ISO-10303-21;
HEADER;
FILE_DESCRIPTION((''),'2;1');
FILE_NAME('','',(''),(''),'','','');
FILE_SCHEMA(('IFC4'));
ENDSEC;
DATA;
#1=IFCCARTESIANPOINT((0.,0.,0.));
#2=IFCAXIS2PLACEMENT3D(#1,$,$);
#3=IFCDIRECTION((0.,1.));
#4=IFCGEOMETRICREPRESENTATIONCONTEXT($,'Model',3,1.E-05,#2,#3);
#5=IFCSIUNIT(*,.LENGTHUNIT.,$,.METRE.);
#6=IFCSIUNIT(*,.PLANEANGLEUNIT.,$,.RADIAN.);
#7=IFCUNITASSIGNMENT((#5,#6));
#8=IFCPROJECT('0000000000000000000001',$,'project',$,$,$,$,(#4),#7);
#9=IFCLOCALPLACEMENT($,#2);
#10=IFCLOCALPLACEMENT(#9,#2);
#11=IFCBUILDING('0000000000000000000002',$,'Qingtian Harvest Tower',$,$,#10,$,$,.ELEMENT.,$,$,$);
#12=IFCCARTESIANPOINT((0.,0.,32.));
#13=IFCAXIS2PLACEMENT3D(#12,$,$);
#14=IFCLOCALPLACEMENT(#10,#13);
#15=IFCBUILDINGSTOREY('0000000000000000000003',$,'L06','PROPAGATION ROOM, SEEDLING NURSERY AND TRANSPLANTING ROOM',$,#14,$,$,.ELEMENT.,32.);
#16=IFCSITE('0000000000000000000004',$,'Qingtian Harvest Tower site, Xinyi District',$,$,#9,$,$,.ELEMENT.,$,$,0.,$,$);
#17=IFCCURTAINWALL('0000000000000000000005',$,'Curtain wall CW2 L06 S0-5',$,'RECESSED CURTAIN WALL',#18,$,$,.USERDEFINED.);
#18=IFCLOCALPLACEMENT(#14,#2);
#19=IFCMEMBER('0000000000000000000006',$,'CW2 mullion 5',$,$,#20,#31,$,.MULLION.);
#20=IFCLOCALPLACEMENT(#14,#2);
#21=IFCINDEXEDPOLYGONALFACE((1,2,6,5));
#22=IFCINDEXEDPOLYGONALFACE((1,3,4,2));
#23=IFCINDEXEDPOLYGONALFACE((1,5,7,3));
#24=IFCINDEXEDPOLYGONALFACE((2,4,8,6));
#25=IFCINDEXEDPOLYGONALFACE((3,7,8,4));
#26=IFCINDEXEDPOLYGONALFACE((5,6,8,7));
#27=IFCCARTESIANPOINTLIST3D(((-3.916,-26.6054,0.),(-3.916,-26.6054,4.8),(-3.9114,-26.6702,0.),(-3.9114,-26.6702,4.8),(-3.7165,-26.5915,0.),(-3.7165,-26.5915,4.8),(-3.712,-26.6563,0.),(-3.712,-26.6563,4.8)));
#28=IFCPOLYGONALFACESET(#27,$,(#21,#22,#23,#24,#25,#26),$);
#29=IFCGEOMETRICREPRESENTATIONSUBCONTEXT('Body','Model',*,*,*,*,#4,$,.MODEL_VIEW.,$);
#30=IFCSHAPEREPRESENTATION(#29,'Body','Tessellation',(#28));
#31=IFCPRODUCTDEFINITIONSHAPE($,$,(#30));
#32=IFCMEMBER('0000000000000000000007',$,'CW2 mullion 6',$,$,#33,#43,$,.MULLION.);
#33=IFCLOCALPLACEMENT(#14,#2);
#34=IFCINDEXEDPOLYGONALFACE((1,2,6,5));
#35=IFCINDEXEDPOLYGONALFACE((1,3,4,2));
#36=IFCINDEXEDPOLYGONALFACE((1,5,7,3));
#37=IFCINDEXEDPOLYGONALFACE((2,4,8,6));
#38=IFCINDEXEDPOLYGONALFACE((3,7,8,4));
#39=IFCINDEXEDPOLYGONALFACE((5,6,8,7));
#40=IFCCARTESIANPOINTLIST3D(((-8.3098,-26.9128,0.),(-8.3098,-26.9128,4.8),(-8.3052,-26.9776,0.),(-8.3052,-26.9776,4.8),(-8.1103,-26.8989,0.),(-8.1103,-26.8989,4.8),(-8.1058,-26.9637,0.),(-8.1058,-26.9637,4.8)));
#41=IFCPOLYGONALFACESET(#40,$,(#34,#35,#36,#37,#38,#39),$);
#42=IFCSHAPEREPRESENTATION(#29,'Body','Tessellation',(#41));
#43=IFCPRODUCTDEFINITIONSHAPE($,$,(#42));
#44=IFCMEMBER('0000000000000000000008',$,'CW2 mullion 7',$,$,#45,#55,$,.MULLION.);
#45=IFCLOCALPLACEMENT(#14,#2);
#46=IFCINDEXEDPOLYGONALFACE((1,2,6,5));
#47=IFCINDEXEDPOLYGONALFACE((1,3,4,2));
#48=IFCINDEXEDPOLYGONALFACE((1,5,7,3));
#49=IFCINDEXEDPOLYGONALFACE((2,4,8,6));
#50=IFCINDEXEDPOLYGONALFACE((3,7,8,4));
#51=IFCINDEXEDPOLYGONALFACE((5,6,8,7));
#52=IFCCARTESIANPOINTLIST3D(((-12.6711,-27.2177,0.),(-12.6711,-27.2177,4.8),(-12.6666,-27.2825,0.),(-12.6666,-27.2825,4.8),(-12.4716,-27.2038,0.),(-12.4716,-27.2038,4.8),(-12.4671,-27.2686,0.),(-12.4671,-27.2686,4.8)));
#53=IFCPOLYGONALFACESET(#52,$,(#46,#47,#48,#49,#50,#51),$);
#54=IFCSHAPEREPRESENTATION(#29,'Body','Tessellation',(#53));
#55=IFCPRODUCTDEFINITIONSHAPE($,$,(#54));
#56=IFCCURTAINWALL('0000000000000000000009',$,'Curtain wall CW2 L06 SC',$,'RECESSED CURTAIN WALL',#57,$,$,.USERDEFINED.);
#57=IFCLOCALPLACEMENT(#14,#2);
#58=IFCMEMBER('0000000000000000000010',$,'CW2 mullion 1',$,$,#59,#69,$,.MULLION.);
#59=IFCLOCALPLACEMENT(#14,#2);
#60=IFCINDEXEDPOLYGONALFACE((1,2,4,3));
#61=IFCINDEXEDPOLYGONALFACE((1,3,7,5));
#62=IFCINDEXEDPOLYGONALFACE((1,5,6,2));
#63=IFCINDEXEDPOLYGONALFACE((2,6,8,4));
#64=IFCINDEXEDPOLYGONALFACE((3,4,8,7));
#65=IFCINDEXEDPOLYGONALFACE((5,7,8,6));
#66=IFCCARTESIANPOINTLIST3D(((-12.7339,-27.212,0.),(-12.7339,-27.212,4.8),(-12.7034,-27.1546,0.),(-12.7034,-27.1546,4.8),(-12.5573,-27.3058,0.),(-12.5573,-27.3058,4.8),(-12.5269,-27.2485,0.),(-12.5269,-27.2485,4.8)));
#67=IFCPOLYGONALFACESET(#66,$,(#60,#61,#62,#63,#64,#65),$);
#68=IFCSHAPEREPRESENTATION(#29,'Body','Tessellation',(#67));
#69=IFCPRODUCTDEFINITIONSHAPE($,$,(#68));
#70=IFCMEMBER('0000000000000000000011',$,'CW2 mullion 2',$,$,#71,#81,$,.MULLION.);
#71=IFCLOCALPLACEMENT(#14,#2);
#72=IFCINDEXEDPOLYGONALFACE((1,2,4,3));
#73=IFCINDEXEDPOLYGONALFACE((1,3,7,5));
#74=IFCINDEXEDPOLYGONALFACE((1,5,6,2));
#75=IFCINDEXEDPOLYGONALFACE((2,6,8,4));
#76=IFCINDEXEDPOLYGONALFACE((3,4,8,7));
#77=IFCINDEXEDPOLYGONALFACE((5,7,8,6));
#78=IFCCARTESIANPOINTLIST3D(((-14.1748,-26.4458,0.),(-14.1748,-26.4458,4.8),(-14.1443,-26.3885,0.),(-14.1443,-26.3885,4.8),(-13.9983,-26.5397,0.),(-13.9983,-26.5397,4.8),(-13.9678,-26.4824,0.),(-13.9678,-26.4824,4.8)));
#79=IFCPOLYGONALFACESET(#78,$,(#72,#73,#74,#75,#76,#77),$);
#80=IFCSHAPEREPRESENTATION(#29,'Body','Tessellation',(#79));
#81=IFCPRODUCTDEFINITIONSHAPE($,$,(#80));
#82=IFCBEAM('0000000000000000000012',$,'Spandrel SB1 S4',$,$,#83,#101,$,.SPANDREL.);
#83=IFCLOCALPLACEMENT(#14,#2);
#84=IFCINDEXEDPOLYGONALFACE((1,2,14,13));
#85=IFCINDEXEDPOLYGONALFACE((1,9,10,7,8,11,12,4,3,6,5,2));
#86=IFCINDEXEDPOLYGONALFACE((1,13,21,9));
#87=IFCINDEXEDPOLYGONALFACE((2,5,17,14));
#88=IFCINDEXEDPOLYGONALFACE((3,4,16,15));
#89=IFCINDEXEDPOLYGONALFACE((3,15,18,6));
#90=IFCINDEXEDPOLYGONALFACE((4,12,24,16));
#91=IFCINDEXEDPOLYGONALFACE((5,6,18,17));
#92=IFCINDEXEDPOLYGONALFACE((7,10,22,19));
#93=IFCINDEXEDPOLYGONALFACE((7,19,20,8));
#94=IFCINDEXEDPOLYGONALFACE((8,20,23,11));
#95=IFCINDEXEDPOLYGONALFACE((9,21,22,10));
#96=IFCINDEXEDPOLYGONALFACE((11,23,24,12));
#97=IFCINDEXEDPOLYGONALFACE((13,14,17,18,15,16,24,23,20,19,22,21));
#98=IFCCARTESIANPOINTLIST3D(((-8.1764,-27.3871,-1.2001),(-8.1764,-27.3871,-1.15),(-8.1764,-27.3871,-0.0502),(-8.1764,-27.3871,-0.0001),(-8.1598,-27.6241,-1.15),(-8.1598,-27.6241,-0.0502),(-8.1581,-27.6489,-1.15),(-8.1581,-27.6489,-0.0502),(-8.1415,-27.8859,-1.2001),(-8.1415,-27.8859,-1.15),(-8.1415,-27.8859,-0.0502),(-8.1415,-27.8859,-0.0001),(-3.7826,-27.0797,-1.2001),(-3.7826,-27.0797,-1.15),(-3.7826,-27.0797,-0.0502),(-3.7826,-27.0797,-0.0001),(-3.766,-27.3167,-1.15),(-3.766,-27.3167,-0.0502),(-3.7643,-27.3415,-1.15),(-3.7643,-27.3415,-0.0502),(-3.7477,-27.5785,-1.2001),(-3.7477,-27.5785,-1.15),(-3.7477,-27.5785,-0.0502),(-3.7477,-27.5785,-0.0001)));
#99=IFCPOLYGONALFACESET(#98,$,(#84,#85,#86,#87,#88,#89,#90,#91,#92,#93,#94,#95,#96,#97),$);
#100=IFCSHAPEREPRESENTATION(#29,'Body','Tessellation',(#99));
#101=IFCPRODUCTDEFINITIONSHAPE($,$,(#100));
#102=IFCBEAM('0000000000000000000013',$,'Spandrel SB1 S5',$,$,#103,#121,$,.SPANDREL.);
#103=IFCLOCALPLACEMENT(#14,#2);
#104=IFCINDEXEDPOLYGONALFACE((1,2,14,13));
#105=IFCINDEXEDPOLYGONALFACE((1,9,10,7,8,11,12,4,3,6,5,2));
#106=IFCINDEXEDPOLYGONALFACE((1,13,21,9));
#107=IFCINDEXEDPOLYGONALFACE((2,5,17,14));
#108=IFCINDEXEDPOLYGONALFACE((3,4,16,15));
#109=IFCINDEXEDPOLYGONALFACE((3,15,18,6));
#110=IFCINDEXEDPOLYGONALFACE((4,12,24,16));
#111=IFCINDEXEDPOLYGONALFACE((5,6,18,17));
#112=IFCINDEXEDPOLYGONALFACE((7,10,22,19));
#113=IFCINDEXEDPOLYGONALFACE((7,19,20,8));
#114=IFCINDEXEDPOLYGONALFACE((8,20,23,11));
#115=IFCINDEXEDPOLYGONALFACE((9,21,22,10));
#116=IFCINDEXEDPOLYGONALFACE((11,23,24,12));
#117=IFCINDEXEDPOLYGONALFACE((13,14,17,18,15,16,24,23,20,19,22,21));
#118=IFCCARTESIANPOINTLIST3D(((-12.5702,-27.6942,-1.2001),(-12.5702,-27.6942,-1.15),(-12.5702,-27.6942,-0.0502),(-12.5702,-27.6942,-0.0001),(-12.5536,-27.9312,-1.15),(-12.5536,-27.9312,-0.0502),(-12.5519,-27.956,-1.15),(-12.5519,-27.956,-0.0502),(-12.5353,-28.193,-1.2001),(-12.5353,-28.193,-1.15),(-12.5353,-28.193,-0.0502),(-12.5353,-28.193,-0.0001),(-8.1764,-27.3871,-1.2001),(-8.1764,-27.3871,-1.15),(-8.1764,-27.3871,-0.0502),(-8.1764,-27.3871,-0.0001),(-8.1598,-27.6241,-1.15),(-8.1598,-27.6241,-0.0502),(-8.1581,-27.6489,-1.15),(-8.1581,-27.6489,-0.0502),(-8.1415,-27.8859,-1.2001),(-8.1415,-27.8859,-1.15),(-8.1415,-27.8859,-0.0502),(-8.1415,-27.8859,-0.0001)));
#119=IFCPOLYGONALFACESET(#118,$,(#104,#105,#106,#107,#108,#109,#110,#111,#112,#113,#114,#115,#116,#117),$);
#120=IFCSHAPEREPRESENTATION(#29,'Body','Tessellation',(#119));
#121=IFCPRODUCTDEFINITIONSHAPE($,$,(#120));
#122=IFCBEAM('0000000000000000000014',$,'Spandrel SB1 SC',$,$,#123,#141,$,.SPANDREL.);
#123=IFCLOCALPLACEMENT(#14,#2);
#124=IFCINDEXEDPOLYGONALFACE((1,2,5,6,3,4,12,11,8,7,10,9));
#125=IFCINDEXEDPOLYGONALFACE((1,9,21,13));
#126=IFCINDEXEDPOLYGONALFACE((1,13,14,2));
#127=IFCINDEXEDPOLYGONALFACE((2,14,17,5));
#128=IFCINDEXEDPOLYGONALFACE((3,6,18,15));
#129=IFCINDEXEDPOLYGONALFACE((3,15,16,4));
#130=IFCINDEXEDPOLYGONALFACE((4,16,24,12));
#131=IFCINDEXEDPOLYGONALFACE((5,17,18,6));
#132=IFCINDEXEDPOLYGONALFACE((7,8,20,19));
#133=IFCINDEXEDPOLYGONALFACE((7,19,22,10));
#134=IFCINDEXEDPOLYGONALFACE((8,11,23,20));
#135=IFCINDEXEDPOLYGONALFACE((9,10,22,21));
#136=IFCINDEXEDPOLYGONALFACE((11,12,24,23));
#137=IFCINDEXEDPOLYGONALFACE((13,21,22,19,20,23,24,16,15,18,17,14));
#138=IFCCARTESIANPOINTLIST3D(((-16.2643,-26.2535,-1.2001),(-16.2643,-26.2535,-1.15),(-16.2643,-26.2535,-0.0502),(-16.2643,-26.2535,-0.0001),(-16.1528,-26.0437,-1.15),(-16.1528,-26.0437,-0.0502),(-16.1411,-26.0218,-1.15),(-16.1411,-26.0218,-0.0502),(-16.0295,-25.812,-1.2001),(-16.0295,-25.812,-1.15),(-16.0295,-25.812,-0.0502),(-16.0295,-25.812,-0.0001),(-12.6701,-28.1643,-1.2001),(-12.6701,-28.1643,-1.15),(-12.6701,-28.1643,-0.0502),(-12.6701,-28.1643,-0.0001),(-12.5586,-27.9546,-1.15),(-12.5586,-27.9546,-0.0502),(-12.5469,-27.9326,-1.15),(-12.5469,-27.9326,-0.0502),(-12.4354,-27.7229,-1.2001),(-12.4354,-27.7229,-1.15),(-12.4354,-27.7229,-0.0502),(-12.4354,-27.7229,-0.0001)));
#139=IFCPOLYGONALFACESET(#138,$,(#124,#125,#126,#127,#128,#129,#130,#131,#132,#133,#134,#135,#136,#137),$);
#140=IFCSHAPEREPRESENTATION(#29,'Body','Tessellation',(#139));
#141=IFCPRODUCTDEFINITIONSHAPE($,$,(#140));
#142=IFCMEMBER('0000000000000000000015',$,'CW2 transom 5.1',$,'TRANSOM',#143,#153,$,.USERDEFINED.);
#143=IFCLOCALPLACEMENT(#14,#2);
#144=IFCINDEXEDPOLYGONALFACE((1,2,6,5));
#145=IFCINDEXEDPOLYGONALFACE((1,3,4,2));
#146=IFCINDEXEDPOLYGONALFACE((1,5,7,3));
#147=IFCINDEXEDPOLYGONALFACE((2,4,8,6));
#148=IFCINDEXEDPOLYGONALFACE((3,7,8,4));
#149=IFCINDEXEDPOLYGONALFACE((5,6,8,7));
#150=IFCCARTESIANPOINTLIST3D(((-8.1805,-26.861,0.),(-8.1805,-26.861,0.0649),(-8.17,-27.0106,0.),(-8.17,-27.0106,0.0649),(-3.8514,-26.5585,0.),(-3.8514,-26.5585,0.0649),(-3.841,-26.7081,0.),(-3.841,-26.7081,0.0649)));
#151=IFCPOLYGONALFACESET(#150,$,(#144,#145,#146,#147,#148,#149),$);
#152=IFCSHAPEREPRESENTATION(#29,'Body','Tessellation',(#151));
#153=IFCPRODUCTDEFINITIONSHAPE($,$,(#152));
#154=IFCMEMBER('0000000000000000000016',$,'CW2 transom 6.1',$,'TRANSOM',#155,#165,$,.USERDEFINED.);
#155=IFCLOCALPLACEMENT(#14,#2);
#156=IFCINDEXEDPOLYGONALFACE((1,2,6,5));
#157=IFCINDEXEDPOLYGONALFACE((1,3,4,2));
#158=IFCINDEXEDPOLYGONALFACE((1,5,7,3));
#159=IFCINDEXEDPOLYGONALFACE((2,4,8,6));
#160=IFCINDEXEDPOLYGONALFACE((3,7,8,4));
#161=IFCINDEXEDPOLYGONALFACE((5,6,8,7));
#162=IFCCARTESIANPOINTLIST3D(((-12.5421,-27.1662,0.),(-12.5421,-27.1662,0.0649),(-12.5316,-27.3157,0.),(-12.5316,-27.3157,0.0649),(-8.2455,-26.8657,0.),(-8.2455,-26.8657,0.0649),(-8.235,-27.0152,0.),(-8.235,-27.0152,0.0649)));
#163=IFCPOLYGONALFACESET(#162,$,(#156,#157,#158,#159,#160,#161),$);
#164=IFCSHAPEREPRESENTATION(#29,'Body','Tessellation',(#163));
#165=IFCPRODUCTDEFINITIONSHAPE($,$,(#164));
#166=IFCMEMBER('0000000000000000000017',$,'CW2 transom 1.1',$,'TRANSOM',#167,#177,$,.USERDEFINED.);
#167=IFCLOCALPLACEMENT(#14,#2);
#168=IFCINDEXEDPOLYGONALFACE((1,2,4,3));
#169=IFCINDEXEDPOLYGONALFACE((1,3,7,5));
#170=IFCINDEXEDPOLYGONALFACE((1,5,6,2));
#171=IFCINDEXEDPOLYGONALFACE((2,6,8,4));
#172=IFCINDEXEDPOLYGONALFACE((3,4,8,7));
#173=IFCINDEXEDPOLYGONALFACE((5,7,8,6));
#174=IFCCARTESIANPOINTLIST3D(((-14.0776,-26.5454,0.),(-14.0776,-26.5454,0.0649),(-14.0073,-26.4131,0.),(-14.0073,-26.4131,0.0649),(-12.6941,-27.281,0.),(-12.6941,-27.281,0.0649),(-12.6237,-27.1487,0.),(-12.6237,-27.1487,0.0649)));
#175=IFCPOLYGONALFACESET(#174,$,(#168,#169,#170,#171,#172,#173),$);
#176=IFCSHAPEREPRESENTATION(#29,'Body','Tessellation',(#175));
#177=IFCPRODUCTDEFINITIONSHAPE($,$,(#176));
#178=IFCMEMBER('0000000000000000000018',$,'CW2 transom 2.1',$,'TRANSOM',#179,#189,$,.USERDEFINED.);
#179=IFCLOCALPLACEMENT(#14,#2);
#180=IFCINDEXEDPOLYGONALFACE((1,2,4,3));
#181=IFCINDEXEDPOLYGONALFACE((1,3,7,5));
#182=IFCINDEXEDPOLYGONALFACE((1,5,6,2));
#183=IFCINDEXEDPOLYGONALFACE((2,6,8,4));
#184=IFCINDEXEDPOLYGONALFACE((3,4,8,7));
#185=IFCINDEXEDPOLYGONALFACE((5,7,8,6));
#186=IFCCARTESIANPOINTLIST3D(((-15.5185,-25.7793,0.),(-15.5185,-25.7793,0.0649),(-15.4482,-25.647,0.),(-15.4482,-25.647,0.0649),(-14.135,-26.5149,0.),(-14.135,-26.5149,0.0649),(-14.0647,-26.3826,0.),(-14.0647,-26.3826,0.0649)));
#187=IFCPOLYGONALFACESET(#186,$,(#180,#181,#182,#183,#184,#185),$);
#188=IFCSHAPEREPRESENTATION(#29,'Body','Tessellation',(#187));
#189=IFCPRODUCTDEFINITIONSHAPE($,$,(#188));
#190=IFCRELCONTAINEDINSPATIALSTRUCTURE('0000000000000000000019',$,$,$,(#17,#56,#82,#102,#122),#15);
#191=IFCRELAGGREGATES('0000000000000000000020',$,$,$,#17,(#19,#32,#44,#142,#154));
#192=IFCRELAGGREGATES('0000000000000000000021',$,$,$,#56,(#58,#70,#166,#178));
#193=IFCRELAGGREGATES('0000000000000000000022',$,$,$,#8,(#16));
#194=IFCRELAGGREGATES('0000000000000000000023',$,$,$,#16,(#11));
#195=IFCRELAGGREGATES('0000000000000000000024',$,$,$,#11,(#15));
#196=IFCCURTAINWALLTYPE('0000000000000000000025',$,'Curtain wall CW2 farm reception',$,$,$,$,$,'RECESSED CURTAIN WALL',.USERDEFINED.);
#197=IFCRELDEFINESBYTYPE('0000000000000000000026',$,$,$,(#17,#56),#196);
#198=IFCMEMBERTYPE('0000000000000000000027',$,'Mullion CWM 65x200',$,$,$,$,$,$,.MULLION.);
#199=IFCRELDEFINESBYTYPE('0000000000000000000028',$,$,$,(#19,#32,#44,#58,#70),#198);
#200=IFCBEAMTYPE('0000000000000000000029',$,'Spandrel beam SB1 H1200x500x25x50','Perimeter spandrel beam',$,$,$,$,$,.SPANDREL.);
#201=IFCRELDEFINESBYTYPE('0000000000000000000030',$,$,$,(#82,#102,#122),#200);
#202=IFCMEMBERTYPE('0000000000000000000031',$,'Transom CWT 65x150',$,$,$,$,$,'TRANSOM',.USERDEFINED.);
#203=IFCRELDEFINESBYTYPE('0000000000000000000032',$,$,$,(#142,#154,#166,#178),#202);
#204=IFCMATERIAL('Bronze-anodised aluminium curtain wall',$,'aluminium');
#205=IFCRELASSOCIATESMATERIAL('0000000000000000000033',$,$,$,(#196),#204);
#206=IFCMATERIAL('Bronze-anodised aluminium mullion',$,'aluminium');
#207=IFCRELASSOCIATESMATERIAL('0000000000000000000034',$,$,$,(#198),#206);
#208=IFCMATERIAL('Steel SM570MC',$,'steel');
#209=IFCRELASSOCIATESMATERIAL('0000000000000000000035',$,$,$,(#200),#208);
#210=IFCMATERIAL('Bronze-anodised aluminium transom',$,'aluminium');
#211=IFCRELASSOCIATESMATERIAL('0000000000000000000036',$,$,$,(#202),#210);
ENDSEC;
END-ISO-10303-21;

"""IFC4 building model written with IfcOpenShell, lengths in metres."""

from ifc_helpers import new_model, si_unit, direction, frame, origin, origin_2d, place, context, subcontext, project, spatial, rectangle, i_section, extrude, material, material_profile, profile_set, type_object, element, aggregate, save


model = new_model("IFC4")

# Units and contexts
model_context = context("Model", 3, precision=1e-05, world=origin(), true_north=direction((0.0, 1.0)))
body_context = subcontext(model_context, "Body", "Model", "MODEL_VIEW")
ifc_project = project(units=[si_unit("LENGTHUNIT", "METRE"), si_unit("PLANEANGLEUNIT", "RADIAN")], contexts=[model_context])

# Site, building, storey
site_placement = place(None, origin())
site = spatial("IfcSite", under=ifc_project, at=site_placement, Name="Qingtian Harvest Tower site, Xinyi District", CompositionType="ELEMENT", RefElevation=0.0)
building_placement = place(site_placement, origin())
building = spatial("IfcBuilding", under=site, at=building_placement, Name="Qingtian Harvest Tower", CompositionType="ELEMENT")
storey_placement = place(building_placement, frame((0.0, 0.0, 32.0)))
storey = spatial("IfcBuildingStorey", under=building, at=storey_placement, Name="L06", Description="PROPAGATION ROOM, SEEDLING NURSERY AND TRANSPLANTING ROOM", CompositionType="ELEMENT", Elevation=32.0)

# Curtain walls, members
ifc_material_1 = material(Name="Bronze-anodised aluminium curtain wall", Category="aluminium")
curtain_wall_type = type_object("IfcCurtainWallType", Name="Curtain wall CW2 farm reception", ElementType="RECESSED CURTAIN WALL", PredefinedType="USERDEFINED", material=ifc_material_1)
curtain_wall_1_placement = place(storey_placement, origin())
curtain_wall_1 = element("IfcCurtainWall", 1, at=curtain_wall_1_placement, inside=storey, type_object=curtain_wall_type, Name="Curtain wall CW2 L06 S0-5", ObjectType="RECESSED CURTAIN WALL", PredefinedType="USERDEFINED")
ifc_material_2 = material(Name="Bronze-anodised aluminium mullion", Category="aluminium")
ifc_material_profile_1 = material_profile(ifc_material_2, rectangle(XDim=0.0649, YDim=0.2, at=origin_2d()), Name="AL 65x200")
ifc_profile_set_1 = profile_set([ifc_material_profile_1], Name="Bronze-anodised aluminium mullion")
member_type_1 = type_object("IfcMemberType", Name="Mullion CWM 65x200", PredefinedType="MULLION", material=ifc_profile_set_1)
member_1_placement = place(storey_placement, frame((-3.814, -26.6309, 0.0), z_axis=(0.0, 0.0, 1.0), x_axis=(0.069756, -0.997564, 0.0)))
member_1 = element("IfcMember", 2, at=member_1_placement, type_object=member_type_1, Name="CW2 mullion 5", PredefinedType="MULLION", context=body_context, shape_type="SweptSolid", body=[
    extrude(rectangle(XDim=0.0649, YDim=0.2, at=origin_2d()), origin(), (0.0, 0.0, 1.0), 4.8),
])
member_2_placement = place(storey_placement, frame((-8.2078, -26.9382, 0.0), z_axis=(0.0, 0.0, 1.0), x_axis=(0.069756, -0.997564, 0.0)))
member_2 = element("IfcMember", 3, at=member_2_placement, type_object=member_type_1, Name="CW2 mullion 6", PredefinedType="MULLION", context=body_context, shape_type="SweptSolid", body=[
    extrude(rectangle(XDim=0.0649, YDim=0.2, at=origin_2d()), origin(), (0.0, 0.0, 1.0), 4.8),
])
member_3_placement = place(storey_placement, frame((-12.5691, -27.2432, 0.0), z_axis=(0.0, 0.0, 1.0), x_axis=(0.069756, -0.997564, 0.0)))
member_3 = element("IfcMember", 4, at=member_3_placement, type_object=member_type_1, Name="CW2 mullion 7", PredefinedType="MULLION", context=body_context, shape_type="SweptSolid", body=[
    extrude(rectangle(XDim=0.0649, YDim=0.2, at=origin_2d()), origin(), (0.0, 0.0, 1.0), 4.8),
])
curtain_wall_2_placement = place(storey_placement, origin())
curtain_wall_2 = element("IfcCurtainWall", 5, at=curtain_wall_2_placement, inside=storey, type_object=curtain_wall_type, Name="Curtain wall CW2 L06 SC", ObjectType="RECESSED CURTAIN WALL", PredefinedType="USERDEFINED")
member_4_placement = place(storey_placement, frame((-12.6304, -27.2302, 0.0), z_axis=(0.0, 0.0, 1.0), x_axis=(-0.469472, -0.882948, 0.0)))
member_4 = element("IfcMember", 6, at=member_4_placement, type_object=member_type_1, Name="CW2 mullion 1", PredefinedType="MULLION", context=body_context, shape_type="SweptSolid", body=[
    extrude(rectangle(XDim=0.0649, YDim=0.2, at=origin_2d()), origin(), (0.0, 0.0, 1.0), 4.8),
])
member_5_placement = place(storey_placement, frame((-14.0713, -26.4641, 0.0), z_axis=(0.0, 0.0, 1.0), x_axis=(-0.469472, -0.882948, 0.0)))
member_5 = element("IfcMember", 7, at=member_5_placement, type_object=member_type_1, Name="CW2 mullion 2", PredefinedType="MULLION", context=body_context, shape_type="SweptSolid", body=[
    extrude(rectangle(XDim=0.0649, YDim=0.2, at=origin_2d()), origin(), (0.0, 0.0, 1.0), 4.8),
])

# Beams
ifc_material_3 = material(Name="Steel SM570MC", Category="steel")
ifc_material_profile_2 = material_profile(ifc_material_3, i_section(OverallWidth=0.5, OverallDepth=1.2, WebThickness=0.0249, FlangeThickness=0.05, at=origin_2d()), Name="H1200x500x25x50")
ifc_profile_set_2 = profile_set([ifc_material_profile_2], Name="Steel SM570MC")
beam_type_1 = type_object("IfcBeamType", Name="Spandrel beam SB1 H1200x500x25x50", Description="Perimeter spandrel beam", PredefinedType="SPANDREL", material=ifc_profile_set_2)
for number, where, z_axis, x_axis, name in (
    (8, (-3.7651, -27.3291, -0.6001), (-0.997562, -0.069786, 0.0), (0.069786, -0.997562, 0.0), "Spandrel SB1 S4"),
    (9, (-8.1589, -27.6365, -0.6001), (-0.997566, -0.06973, 0.0), (0.06973, -0.997566, 0.0), "Spandrel SB1 S5"),
):
    element("IfcBeam", number, at=place(storey_placement, frame(where, z_axis=z_axis, x_axis=x_axis)), inside=storey, type_object=beam_type_1, Name=name, PredefinedType="SPANDREL", context=body_context, shape_type="SweptSolid", body=[
        extrude(i_section(OverallWidth=0.5, OverallDepth=1.2, WebThickness=0.0249, FlangeThickness=0.05, at=origin_2d()), origin(), (0.0, 0.0, 1.0), 4.4045),
    ])
beam_1_placement = place(storey_placement, frame((-12.5527, -27.9436, -0.6001), z_axis=(-0.882968, 0.469433, 0.0), x_axis=(-0.469433, -0.882968, 0.0)))
element("IfcBeam", 10, at=beam_1_placement, inside=storey, type_object=beam_type_1, Name="Spandrel SB1 SC", PredefinedType="SPANDREL", context=body_context, shape_type="SweptSolid", body=[
    extrude(i_section(OverallWidth=0.5, OverallDepth=1.2, WebThickness=0.0249, FlangeThickness=0.05, at=origin_2d()), origin(), (0.0, 0.0, 1.0), 4.0706),
])

# Members
ifc_material_4 = material(Name="Bronze-anodised aluminium transom", Category="aluminium")
ifc_material_profile_3 = material_profile(ifc_material_4, rectangle(XDim=0.1499, YDim=0.0649, at=origin_2d()), Name="AL 65x150")
ifc_profile_set_3 = profile_set([ifc_material_profile_3], Name="Bronze-anodised aluminium transom")
member_type_2 = type_object("IfcMemberType", Name="Transom CWT 65x150", ElementType="TRANSOM", PredefinedType="USERDEFINED", material=ifc_profile_set_3)
member_6_placement = place(storey_placement, frame((-3.8462, -26.6333, 0.0325), z_axis=(-0.997568, -0.069704, 0.0), x_axis=(0.069704, -0.997568, 0.0)))
member_6 = element("IfcMember", 11, at=member_6_placement, type_object=member_type_2, Name="CW2 transom 5.1", ObjectType="TRANSOM", PredefinedType="USERDEFINED", context=body_context, shape_type="SweptSolid", body=[
    extrude(rectangle(XDim=0.1499, YDim=0.0649, at=origin_2d()), origin(), (0.0, 0.0, 1.0), 4.3396),
])
member_7_placement = place(storey_placement, frame((-8.2402, -26.9404, 0.0325), z_axis=(-0.997563, -0.069777, 0.0), x_axis=(0.069777, -0.997563, 0.0)))
member_7 = element("IfcMember", 12, at=member_7_placement, type_object=member_type_2, Name="CW2 transom 6.1", ObjectType="TRANSOM", PredefinedType="USERDEFINED", context=body_context, shape_type="SweptSolid", body=[
    extrude(rectangle(XDim=0.1499, YDim=0.0649, at=origin_2d()), origin(), (0.0, 0.0, 1.0), 4.3071),
])
member_8_placement = place(storey_placement, frame((-12.6589, -27.2148, 0.0325), z_axis=(-0.88296, 0.469448, 0.0), x_axis=(-0.469448, -0.88296, 0.0)))
member_8 = element("IfcMember", 13, at=member_8_placement, type_object=member_type_2, Name="CW2 transom 1.1", ObjectType="TRANSOM", PredefinedType="USERDEFINED", context=body_context, shape_type="SweptSolid", body=[
    extrude(rectangle(XDim=0.1499, YDim=0.0649, at=origin_2d()), origin(), (0.0, 0.0, 1.0), 1.5669),
])
member_9_placement = place(storey_placement, frame((-14.0999, -26.4487, 0.0325), z_axis=(-0.88296, 0.469448, 0.0), x_axis=(-0.469448, -0.88296, 0.0)))
member_9 = element("IfcMember", 14, at=member_9_placement, type_object=member_type_2, Name="CW2 transom 2.1", ObjectType="TRANSOM", PredefinedType="USERDEFINED", context=body_context, shape_type="SweptSolid", body=[
    extrude(rectangle(XDim=0.1499, YDim=0.0649, at=origin_2d()), origin(), (0.0, 0.0, 1.0), 1.5669),
])

aggregate(curtain_wall_1, [member_1, member_2, member_3, member_6, member_7])
aggregate(curtain_wall_2, [member_4, member_5, member_8, member_9])

save(model, "model.ifc")
